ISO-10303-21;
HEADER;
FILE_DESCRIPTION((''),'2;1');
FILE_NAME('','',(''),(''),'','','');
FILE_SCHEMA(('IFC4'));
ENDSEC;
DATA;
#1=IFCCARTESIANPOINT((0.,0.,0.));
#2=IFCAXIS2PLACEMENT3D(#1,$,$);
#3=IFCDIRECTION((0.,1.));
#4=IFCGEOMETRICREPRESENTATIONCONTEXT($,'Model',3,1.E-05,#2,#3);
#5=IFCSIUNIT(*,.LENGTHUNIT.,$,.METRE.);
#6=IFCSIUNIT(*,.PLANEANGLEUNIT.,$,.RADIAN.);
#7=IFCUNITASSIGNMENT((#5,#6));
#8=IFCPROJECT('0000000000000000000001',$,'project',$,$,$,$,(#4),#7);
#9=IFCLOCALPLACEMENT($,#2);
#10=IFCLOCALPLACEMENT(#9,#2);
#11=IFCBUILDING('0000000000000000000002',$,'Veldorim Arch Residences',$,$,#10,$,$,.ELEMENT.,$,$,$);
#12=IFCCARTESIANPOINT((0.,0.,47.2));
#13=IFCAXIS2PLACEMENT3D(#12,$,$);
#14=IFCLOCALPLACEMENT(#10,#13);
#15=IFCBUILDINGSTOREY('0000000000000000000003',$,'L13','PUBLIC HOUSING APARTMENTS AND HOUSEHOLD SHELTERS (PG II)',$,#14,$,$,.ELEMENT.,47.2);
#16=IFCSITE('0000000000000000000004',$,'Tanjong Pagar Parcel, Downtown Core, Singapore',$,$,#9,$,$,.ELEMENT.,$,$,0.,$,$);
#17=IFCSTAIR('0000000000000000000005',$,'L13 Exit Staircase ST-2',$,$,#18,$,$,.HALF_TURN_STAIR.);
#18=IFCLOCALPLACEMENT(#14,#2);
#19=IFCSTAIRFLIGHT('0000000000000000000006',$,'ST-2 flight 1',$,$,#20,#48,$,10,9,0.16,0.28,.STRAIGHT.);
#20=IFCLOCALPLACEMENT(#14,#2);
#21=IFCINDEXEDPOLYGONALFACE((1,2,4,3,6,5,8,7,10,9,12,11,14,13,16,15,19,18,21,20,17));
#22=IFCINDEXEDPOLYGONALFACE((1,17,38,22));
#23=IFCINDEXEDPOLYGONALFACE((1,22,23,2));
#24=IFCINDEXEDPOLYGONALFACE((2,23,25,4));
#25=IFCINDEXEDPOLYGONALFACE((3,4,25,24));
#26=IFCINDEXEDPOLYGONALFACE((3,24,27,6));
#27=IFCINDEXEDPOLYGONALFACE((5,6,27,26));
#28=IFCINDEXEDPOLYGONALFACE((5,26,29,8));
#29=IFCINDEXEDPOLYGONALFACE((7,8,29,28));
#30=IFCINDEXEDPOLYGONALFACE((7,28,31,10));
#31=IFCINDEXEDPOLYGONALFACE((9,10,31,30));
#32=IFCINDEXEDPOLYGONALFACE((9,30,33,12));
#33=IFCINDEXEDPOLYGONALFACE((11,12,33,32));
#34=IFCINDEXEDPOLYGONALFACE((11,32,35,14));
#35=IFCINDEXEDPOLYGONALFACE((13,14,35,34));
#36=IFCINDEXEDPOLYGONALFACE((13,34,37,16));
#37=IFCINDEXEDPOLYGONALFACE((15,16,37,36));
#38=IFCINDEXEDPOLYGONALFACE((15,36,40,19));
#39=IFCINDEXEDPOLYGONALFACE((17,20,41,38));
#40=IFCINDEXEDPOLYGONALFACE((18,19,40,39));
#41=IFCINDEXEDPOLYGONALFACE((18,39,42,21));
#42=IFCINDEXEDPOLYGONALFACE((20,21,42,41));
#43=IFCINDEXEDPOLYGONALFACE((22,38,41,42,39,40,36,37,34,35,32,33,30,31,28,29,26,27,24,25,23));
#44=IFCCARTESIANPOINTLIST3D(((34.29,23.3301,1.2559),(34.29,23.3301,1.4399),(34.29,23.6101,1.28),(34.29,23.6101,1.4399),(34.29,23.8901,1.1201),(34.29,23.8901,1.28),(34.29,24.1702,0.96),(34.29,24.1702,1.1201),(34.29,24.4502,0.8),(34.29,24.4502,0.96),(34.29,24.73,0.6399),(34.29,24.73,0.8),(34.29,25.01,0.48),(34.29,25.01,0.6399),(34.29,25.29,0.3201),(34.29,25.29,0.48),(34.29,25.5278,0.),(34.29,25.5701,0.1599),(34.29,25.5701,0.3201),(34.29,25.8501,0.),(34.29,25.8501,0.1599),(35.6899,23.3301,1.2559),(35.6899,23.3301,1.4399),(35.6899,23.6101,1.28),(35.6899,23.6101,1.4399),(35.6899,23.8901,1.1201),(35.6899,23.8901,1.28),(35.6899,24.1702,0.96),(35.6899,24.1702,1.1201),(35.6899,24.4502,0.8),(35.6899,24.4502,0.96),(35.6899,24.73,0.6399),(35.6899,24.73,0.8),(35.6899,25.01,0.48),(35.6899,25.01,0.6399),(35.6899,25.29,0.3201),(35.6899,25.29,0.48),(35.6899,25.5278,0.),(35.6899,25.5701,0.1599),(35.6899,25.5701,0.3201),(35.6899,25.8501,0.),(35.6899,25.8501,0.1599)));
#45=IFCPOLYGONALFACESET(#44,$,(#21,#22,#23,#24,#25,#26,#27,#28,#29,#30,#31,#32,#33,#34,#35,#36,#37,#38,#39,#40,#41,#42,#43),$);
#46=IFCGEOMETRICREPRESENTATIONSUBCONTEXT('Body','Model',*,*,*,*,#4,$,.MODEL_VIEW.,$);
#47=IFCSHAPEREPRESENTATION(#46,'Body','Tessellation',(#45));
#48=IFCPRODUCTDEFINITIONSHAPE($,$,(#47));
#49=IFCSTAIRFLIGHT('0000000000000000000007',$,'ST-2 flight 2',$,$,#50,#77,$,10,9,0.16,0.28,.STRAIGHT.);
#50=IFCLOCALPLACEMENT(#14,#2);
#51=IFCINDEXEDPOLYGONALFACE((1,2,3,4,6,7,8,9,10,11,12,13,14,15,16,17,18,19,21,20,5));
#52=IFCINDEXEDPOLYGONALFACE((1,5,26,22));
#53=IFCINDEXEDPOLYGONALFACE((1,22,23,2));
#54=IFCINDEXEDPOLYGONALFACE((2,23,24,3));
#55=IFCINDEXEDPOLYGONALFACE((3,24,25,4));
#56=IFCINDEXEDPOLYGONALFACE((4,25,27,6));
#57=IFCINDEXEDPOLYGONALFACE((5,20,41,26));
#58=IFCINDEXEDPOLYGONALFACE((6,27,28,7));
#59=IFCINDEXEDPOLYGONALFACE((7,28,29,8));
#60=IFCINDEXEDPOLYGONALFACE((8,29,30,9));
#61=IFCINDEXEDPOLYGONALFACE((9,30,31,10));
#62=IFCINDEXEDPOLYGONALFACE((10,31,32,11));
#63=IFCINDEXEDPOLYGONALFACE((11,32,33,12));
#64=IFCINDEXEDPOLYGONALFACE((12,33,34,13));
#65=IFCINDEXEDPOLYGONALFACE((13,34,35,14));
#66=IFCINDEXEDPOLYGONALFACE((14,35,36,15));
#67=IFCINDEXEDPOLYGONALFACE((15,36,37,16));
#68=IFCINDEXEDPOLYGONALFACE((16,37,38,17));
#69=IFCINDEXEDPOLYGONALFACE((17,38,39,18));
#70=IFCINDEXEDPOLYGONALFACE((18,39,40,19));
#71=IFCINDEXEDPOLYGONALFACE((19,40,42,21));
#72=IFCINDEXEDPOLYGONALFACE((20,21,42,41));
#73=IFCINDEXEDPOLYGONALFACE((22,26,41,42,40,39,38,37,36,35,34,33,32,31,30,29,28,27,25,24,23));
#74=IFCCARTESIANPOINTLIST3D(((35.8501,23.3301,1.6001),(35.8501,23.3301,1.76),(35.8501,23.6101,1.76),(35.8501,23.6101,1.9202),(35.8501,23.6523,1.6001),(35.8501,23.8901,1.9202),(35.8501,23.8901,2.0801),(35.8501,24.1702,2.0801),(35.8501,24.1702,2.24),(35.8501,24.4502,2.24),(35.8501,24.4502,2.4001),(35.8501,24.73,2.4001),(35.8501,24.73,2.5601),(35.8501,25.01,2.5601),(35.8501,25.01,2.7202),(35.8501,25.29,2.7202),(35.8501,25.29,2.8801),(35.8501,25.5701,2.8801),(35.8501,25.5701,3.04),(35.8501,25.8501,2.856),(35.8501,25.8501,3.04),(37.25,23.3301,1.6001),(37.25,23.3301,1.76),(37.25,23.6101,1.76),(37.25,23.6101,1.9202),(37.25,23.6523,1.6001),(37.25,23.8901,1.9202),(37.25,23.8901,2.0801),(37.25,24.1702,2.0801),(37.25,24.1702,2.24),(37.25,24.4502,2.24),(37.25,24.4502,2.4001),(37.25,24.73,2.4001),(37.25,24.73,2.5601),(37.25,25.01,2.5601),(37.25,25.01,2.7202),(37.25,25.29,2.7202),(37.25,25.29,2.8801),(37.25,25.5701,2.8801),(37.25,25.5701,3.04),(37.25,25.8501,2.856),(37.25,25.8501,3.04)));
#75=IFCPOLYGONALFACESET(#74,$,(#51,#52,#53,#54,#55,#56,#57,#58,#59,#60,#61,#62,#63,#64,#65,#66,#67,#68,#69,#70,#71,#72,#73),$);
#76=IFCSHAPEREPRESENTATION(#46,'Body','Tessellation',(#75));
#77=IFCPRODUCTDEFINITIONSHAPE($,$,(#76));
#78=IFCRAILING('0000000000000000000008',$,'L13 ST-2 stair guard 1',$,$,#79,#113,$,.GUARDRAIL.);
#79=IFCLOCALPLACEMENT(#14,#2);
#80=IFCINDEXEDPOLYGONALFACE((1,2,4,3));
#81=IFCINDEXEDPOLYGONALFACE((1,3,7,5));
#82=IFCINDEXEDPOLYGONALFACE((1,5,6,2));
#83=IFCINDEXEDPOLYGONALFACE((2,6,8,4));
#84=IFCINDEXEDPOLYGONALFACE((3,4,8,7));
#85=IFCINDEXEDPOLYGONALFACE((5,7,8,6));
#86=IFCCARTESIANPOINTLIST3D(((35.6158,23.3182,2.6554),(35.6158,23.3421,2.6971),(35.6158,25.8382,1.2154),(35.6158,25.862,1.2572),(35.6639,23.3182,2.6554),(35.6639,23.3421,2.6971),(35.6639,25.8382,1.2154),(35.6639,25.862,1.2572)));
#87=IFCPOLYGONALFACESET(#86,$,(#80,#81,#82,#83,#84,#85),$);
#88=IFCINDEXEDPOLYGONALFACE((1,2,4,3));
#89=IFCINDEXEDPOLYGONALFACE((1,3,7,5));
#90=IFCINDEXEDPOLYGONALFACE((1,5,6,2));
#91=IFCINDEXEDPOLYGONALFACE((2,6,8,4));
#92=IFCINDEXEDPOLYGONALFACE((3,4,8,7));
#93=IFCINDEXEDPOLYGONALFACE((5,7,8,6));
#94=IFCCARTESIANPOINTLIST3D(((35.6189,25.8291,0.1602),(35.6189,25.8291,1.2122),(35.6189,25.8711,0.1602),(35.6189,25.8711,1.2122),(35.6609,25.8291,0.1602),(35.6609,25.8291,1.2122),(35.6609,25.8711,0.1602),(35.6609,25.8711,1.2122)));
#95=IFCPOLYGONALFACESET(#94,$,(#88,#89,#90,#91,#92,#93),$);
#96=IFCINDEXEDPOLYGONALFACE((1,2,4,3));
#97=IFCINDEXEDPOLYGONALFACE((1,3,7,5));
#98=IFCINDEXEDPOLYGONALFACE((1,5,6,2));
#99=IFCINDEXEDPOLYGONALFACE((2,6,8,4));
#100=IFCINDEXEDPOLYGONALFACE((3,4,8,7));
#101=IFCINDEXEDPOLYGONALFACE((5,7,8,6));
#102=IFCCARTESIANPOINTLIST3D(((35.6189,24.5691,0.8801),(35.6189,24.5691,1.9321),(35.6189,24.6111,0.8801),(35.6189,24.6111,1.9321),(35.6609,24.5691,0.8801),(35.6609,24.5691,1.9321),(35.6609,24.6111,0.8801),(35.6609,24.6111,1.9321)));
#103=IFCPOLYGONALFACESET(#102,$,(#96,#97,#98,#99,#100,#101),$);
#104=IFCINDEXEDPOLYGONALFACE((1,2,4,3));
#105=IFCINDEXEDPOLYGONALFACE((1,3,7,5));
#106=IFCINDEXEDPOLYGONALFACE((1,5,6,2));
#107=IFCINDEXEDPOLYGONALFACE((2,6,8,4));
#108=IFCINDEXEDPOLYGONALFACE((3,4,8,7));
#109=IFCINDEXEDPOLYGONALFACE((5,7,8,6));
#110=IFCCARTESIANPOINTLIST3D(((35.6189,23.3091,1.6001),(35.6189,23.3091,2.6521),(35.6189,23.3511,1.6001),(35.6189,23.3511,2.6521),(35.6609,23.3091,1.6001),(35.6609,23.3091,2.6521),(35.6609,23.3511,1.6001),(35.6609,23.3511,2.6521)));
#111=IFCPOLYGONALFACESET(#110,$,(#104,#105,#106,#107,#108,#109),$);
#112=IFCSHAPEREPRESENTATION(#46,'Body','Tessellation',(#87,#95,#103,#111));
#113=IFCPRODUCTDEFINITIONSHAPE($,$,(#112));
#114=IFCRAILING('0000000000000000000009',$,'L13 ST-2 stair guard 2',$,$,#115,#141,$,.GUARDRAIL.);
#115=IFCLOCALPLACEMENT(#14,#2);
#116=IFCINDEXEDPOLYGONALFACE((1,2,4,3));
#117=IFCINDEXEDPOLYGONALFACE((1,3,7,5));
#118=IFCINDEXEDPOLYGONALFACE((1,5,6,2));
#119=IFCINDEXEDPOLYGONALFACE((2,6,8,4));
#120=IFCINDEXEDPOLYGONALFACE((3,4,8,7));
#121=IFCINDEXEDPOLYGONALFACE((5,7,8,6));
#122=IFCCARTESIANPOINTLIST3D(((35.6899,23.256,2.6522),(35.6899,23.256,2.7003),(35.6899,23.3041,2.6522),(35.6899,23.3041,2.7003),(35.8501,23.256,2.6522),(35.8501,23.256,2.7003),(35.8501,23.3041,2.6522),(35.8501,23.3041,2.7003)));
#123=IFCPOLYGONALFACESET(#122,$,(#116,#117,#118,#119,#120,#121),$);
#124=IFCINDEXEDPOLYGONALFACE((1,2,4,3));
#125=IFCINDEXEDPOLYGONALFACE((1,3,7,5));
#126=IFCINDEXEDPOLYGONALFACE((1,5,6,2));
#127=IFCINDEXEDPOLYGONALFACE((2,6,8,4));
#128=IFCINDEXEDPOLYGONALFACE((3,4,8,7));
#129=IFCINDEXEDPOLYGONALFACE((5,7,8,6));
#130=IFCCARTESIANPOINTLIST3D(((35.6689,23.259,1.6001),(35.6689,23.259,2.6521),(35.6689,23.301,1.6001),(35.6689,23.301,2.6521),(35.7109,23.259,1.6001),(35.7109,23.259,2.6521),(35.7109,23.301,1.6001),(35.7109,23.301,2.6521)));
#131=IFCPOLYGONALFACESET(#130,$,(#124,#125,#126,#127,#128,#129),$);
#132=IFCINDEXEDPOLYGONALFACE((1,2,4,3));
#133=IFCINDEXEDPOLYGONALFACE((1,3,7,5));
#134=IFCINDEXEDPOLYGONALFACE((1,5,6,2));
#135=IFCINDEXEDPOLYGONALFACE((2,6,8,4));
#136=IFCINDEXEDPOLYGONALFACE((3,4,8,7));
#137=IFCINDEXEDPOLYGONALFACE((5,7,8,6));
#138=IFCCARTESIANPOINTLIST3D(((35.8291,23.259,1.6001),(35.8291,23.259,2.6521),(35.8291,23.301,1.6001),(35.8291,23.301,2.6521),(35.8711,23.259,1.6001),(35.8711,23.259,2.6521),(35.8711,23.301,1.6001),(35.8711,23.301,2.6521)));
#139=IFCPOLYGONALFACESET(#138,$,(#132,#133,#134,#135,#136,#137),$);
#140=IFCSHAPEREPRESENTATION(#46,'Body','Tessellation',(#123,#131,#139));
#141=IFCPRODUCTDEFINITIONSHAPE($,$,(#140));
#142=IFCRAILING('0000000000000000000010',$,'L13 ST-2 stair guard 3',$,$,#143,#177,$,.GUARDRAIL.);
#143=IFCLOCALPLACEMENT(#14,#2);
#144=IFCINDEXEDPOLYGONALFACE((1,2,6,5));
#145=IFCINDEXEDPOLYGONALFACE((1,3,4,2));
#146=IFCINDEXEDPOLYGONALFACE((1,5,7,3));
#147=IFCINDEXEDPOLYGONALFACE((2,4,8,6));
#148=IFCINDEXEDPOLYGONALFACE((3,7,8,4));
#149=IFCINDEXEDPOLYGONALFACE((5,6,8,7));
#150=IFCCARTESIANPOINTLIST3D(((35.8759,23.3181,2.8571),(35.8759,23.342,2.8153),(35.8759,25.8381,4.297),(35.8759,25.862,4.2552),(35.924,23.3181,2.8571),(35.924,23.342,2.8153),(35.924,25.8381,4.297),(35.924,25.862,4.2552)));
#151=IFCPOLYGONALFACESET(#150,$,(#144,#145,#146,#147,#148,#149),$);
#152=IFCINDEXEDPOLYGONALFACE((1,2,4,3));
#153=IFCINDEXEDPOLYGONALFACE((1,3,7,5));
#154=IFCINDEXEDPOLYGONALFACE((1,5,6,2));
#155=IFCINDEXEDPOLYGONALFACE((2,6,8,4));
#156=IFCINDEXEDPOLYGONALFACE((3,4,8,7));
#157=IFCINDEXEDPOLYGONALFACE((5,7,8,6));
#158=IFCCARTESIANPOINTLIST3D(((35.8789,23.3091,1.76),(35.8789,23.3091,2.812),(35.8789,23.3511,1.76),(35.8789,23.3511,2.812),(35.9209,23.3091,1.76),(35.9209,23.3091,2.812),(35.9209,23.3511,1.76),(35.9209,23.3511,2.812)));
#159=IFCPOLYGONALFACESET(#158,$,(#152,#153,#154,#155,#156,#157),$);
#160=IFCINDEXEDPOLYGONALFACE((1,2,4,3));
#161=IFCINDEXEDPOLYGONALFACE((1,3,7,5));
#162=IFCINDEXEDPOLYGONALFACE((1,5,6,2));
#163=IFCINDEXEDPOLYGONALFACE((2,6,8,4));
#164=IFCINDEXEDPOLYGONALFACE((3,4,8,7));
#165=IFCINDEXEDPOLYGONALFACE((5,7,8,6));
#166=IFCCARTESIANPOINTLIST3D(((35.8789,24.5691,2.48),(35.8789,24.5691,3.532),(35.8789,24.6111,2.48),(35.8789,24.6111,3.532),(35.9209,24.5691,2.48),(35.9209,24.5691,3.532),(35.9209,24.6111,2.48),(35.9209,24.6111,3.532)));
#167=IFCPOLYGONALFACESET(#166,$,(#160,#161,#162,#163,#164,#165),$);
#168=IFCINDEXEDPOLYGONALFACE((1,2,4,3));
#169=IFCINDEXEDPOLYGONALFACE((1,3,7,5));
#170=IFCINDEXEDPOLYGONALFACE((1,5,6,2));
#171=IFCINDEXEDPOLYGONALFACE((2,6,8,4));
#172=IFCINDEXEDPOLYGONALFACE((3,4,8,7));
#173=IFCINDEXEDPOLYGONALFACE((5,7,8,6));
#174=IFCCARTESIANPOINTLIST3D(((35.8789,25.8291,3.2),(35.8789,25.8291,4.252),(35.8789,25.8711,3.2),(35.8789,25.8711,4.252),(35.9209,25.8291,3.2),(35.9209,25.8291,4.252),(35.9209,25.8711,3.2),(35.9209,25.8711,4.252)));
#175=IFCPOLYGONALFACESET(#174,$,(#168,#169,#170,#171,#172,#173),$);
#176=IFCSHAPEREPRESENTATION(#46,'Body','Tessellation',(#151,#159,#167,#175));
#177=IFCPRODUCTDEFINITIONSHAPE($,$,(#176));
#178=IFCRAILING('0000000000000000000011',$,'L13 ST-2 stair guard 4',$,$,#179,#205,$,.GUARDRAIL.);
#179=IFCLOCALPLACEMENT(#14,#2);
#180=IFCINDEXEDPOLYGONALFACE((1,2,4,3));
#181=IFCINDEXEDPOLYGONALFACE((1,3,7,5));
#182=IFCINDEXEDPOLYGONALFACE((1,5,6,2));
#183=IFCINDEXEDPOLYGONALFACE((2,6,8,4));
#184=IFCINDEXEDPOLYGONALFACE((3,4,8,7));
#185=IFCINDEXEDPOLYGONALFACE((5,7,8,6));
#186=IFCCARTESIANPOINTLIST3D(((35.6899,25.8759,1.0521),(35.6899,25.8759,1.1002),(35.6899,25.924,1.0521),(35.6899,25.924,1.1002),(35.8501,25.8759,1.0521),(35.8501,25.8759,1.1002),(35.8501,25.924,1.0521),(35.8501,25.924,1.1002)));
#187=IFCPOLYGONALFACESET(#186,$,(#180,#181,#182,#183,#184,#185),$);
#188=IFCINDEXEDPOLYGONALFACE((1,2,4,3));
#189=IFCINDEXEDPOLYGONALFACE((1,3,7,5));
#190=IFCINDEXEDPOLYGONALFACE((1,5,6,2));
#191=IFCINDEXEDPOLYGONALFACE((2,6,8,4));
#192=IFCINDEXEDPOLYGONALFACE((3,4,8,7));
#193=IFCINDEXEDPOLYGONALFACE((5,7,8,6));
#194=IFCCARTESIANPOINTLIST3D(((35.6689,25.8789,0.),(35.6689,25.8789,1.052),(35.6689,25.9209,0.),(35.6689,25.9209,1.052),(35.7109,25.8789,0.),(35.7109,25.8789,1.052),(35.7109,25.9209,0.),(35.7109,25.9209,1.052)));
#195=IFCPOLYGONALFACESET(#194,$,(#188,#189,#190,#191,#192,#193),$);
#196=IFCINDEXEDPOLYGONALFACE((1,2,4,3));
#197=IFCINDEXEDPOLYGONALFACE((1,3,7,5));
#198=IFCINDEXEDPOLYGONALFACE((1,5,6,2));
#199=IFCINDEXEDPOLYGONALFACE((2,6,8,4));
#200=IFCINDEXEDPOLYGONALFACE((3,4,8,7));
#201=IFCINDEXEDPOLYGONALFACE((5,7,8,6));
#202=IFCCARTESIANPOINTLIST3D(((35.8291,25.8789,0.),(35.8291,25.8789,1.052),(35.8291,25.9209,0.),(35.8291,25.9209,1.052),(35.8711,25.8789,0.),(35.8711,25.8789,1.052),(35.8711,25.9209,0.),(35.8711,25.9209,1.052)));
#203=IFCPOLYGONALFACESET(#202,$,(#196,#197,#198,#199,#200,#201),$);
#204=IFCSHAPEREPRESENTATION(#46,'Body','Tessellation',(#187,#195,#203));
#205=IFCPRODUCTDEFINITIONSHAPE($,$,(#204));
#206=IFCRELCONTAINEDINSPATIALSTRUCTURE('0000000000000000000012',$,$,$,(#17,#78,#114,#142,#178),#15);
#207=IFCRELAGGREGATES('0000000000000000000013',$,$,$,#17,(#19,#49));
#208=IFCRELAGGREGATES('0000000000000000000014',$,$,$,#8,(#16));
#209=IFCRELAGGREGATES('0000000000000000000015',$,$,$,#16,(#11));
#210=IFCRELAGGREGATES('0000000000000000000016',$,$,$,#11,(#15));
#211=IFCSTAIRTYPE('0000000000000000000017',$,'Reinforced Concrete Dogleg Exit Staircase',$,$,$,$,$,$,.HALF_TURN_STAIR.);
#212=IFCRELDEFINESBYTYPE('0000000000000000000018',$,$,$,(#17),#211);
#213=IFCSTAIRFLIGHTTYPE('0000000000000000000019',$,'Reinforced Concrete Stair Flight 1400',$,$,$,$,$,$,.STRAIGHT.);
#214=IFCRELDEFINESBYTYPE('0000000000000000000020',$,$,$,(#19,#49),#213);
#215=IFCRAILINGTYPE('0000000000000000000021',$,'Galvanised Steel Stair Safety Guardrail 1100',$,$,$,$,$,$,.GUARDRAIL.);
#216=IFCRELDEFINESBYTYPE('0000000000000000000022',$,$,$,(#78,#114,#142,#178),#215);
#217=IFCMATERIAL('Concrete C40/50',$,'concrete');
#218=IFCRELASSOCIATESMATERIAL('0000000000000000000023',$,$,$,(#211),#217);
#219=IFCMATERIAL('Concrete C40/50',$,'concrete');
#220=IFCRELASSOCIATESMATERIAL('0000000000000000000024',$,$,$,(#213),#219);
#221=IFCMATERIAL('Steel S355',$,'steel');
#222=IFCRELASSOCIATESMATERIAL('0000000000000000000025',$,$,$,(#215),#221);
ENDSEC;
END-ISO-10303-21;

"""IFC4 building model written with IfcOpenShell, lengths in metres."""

from ifc_helpers import new_model, si_unit, direction, frame, origin, origin_2d, place, context, subcontext, project, spatial, polyline, rectangle, outline, extrude, material, type_object, element, aggregate, save


model = new_model("IFC4")

# Units and contexts
model_context = context("Model", 3, precision=1e-05, world=origin(), true_north=direction((0.0, 1.0)))
body_context = subcontext(model_context, "Body", "Model", "MODEL_VIEW")
ifc_project = project(units=[si_unit("LENGTHUNIT", "METRE"), si_unit("PLANEANGLEUNIT", "RADIAN")], contexts=[model_context])

# Site, building, storey
site_placement = place(None, origin())
site = spatial("IfcSite", under=ifc_project, at=site_placement, Name="Tanjong Pagar Parcel, Downtown Core, Singapore", CompositionType="ELEMENT", RefElevation=0.0)
building_placement = place(site_placement, origin())
building = spatial("IfcBuilding", under=site, at=building_placement, Name="Veldorim Arch Residences", CompositionType="ELEMENT")
storey_placement = place(building_placement, frame((0.0, 0.0, 47.2)))
storey = spatial("IfcBuildingStorey", under=building, at=storey_placement, Name="L13", Description="PUBLIC HOUSING APARTMENTS AND HOUSEHOLD SHELTERS (PG II)", CompositionType="ELEMENT", Elevation=47.2)

# Stair, stair flights
ifc_material_1 = material(Name="Concrete C40/50", Category="concrete")
stair_type = type_object("IfcStairType", Name="Reinforced Concrete Dogleg Exit Staircase", PredefinedType="HALF_TURN_STAIR", material=ifc_material_1)
stair_placement = place(storey_placement, origin())
stair = element("IfcStair", 1, at=stair_placement, inside=storey, type_object=stair_type, Name="L13 Exit Staircase ST-2", PredefinedType="HALF_TURN_STAIR")
ifc_material_2 = material(Name="Concrete C40/50", Category="concrete")
stair_flight_type = type_object("IfcStairFlightType", Name="Reinforced Concrete Stair Flight 1400", PredefinedType="STRAIGHT", material=ifc_material_2)
stair_flight_1_placement = place(storey_placement, frame((34.99, 25.8501, 0.0), z_axis=(0.0, 0.0, 1.0), x_axis=(0.0, -1.0, 0.0)))
stair_flight_1 = element("IfcStairFlight", 2, at=stair_flight_1_placement, type_object=stair_flight_type, Name="ST-2 flight 1", NumberOfRisers=10, NumberOfTreads=9, PredefinedType="STRAIGHT", RiserHeight=0.16, TreadLength=0.28, context=body_context, shape_type="SweptSolid", body=[
    extrude(outline(polyline([(0.0, 0.0), (0.0, 0.1599), (0.28, 0.1599), (0.28, 0.3201), (0.5601, 0.3201), (0.5601, 0.48), (0.8401, 0.48), (0.8401, 0.6399), (1.1201, 0.6399), (1.1201, 0.8), (1.3999, 0.8), (1.3999, 0.96), (1.6799, 0.96), (1.6799, 1.1201), (1.96, 1.1201), (1.96, 1.28), (2.24, 1.28), (2.24, 1.4399), (2.52, 1.4399), (2.52, 1.6001), (2.52, 1.2559), (0.3223, 0.0), (0.0, 0.0)])), frame((0.0, 0.7, 0.0), z_axis=(0.0, -1.0, 0.0), x_axis=(1.0, 0.0, 0.0)), (0.0, 0.0, 1.0), 1.3999),
])
stair_flight_2_placement = place(storey_placement, frame((36.55, 23.3301, 1.6001), z_axis=(0.0, 0.0, 1.0), x_axis=(0.0, 1.0, 0.0)))
stair_flight_2 = element("IfcStairFlight", 3, at=stair_flight_2_placement, type_object=stair_flight_type, Name="ST-2 flight 2", NumberOfRisers=10, NumberOfTreads=9, PredefinedType="STRAIGHT", RiserHeight=0.16, TreadLength=0.28, context=body_context, shape_type="SweptSolid", body=[
    extrude(outline(polyline([(0.0, 0.0), (0.0, 0.1599), (0.28, 0.1599), (0.28, 0.3201), (0.5601, 0.3201), (0.5601, 0.48), (0.8401, 0.48), (0.8401, 0.6399), (1.1201, 0.6399), (1.1201, 0.8), (1.3999, 0.8), (1.3999, 0.96), (1.6799, 0.96), (1.6799, 1.1201), (1.96, 1.1201), (1.96, 1.28), (2.24, 1.28), (2.24, 1.4399), (2.52, 1.4399), (2.52, 1.6001), (2.52, 1.2559), (0.3223, 0.0), (0.0, 0.0)])), frame((0.0, 0.7, 0.0), z_axis=(0.0, -1.0, 0.0), x_axis=(1.0, 0.0, 0.0)), (0.0, 0.0, 1.0), 1.3999),
])
aggregate(stair, [stair_flight_1, stair_flight_2])

# Railings
ifc_material_3 = material(Name="Steel S355", Category="steel")
railing_type_1 = type_object("IfcRailingType", Name="Galvanised Steel Stair Safety Guardrail 1100", PredefinedType="GUARDRAIL", material=ifc_material_3)
railing_1_placement = place(storey_placement, frame((35.6399, 25.8501, 0.1602)))
element("IfcRailing", 4, at=railing_1_placement, inside=storey, type_object=railing_type_1, Name="L13 ST-2 stair guard 1", PredefinedType="GUARDRAIL", context=body_context, shape_type="SweptSolid", body=[
    extrude(rectangle(XDim=0.0481, YDim=0.0481, at=origin_2d()), frame((0.0, 0.0, 1.0762), z_axis=(0.0, -0.868253, 0.496121), x_axis=(1.0, 0.0, 0.0)), (0.0, 0.0, 1.0), 2.9023),
    extrude(rectangle(XDim=0.042, YDim=0.042, at=origin_2d()), origin(), (0.0, 0.0, 1.0), 1.052),
    extrude(rectangle(XDim=0.042, YDim=0.042, at=origin_2d()), frame((0.0, -1.26, 0.72)), (0.0, 0.0, 1.0), 1.052),
    extrude(rectangle(XDim=0.042, YDim=0.042, at=origin_2d()), frame((0.0, -2.52, 1.4399)), (0.0, 0.0, 1.0), 1.052),
])
railing_2_placement = place(storey_placement, frame((35.6899, 23.28, 1.6001)))
element("IfcRailing", 5, at=railing_2_placement, inside=storey, type_object=railing_type_1, Name="L13 ST-2 stair guard 2", PredefinedType="GUARDRAIL", context=body_context, shape_type="SweptSolid", body=[
    extrude(rectangle(XDim=0.0481, YDim=0.0481, at=origin_2d()), frame((0.0, 0.0, 1.0762), z_axis=(1.0, 0.0, 0.0), x_axis=(0.0, 1.0, 0.0)), (0.0, 0.0, 1.0), 0.1602),
    extrude(rectangle(XDim=0.042, YDim=0.042, at=origin_2d()), origin(), (0.0, 0.0, 1.0), 1.052),
    extrude(rectangle(XDim=0.042, YDim=0.042, at=origin_2d()), frame((0.1602, 0.0, 0.0)), (0.0, 0.0, 1.0), 1.052),
])
railing_3_placement = place(storey_placement, frame((35.8999, 23.3301, 1.76)))
element("IfcRailing", 6, at=railing_3_placement, inside=storey, type_object=railing_type_1, Name="L13 ST-2 stair guard 3", PredefinedType="GUARDRAIL", context=body_context, shape_type="SweptSolid", body=[
    extrude(rectangle(XDim=0.0481, YDim=0.0481, at=origin_2d()), frame((0.0, 0.0, 1.0762), z_axis=(0.0, 0.868253, 0.496121), x_axis=(-1.0, 0.0, 0.0)), (0.0, 0.0, 1.0), 2.9023),
    extrude(rectangle(XDim=0.042, YDim=0.042, at=origin_2d()), origin(), (0.0, 0.0, 1.0), 1.052),
    extrude(rectangle(XDim=0.042, YDim=0.042, at=origin_2d()), frame((0.0, 1.26, 0.72)), (0.0, 0.0, 1.0), 1.052),
    extrude(rectangle(XDim=0.042, YDim=0.042, at=origin_2d()), frame((0.0, 2.52, 1.4399)), (0.0, 0.0, 1.0), 1.052),
])
railing_4_placement = place(storey_placement, frame((35.6899, 25.8999, 0.0)))
element("IfcRailing", 7, at=railing_4_placement, inside=storey, type_object=railing_type_1, Name="L13 ST-2 stair guard 4", PredefinedType="GUARDRAIL", context=body_context, shape_type="SweptSolid", body=[
    extrude(rectangle(XDim=0.0481, YDim=0.0481, at=origin_2d()), frame((0.0, 0.0, 1.0762), z_axis=(1.0, 0.0, 0.0), x_axis=(0.0, 1.0, 0.0)), (0.0, 0.0, 1.0), 0.1602),
    extrude(rectangle(XDim=0.042, YDim=0.042, at=origin_2d()), origin(), (0.0, 0.0, 1.0), 1.052),
    extrude(rectangle(XDim=0.042, YDim=0.042, at=origin_2d()), frame((0.1602, 0.0, 0.0)), (0.0, 0.0, 1.0), 1.052),
])

save(model, "model.ifc")
